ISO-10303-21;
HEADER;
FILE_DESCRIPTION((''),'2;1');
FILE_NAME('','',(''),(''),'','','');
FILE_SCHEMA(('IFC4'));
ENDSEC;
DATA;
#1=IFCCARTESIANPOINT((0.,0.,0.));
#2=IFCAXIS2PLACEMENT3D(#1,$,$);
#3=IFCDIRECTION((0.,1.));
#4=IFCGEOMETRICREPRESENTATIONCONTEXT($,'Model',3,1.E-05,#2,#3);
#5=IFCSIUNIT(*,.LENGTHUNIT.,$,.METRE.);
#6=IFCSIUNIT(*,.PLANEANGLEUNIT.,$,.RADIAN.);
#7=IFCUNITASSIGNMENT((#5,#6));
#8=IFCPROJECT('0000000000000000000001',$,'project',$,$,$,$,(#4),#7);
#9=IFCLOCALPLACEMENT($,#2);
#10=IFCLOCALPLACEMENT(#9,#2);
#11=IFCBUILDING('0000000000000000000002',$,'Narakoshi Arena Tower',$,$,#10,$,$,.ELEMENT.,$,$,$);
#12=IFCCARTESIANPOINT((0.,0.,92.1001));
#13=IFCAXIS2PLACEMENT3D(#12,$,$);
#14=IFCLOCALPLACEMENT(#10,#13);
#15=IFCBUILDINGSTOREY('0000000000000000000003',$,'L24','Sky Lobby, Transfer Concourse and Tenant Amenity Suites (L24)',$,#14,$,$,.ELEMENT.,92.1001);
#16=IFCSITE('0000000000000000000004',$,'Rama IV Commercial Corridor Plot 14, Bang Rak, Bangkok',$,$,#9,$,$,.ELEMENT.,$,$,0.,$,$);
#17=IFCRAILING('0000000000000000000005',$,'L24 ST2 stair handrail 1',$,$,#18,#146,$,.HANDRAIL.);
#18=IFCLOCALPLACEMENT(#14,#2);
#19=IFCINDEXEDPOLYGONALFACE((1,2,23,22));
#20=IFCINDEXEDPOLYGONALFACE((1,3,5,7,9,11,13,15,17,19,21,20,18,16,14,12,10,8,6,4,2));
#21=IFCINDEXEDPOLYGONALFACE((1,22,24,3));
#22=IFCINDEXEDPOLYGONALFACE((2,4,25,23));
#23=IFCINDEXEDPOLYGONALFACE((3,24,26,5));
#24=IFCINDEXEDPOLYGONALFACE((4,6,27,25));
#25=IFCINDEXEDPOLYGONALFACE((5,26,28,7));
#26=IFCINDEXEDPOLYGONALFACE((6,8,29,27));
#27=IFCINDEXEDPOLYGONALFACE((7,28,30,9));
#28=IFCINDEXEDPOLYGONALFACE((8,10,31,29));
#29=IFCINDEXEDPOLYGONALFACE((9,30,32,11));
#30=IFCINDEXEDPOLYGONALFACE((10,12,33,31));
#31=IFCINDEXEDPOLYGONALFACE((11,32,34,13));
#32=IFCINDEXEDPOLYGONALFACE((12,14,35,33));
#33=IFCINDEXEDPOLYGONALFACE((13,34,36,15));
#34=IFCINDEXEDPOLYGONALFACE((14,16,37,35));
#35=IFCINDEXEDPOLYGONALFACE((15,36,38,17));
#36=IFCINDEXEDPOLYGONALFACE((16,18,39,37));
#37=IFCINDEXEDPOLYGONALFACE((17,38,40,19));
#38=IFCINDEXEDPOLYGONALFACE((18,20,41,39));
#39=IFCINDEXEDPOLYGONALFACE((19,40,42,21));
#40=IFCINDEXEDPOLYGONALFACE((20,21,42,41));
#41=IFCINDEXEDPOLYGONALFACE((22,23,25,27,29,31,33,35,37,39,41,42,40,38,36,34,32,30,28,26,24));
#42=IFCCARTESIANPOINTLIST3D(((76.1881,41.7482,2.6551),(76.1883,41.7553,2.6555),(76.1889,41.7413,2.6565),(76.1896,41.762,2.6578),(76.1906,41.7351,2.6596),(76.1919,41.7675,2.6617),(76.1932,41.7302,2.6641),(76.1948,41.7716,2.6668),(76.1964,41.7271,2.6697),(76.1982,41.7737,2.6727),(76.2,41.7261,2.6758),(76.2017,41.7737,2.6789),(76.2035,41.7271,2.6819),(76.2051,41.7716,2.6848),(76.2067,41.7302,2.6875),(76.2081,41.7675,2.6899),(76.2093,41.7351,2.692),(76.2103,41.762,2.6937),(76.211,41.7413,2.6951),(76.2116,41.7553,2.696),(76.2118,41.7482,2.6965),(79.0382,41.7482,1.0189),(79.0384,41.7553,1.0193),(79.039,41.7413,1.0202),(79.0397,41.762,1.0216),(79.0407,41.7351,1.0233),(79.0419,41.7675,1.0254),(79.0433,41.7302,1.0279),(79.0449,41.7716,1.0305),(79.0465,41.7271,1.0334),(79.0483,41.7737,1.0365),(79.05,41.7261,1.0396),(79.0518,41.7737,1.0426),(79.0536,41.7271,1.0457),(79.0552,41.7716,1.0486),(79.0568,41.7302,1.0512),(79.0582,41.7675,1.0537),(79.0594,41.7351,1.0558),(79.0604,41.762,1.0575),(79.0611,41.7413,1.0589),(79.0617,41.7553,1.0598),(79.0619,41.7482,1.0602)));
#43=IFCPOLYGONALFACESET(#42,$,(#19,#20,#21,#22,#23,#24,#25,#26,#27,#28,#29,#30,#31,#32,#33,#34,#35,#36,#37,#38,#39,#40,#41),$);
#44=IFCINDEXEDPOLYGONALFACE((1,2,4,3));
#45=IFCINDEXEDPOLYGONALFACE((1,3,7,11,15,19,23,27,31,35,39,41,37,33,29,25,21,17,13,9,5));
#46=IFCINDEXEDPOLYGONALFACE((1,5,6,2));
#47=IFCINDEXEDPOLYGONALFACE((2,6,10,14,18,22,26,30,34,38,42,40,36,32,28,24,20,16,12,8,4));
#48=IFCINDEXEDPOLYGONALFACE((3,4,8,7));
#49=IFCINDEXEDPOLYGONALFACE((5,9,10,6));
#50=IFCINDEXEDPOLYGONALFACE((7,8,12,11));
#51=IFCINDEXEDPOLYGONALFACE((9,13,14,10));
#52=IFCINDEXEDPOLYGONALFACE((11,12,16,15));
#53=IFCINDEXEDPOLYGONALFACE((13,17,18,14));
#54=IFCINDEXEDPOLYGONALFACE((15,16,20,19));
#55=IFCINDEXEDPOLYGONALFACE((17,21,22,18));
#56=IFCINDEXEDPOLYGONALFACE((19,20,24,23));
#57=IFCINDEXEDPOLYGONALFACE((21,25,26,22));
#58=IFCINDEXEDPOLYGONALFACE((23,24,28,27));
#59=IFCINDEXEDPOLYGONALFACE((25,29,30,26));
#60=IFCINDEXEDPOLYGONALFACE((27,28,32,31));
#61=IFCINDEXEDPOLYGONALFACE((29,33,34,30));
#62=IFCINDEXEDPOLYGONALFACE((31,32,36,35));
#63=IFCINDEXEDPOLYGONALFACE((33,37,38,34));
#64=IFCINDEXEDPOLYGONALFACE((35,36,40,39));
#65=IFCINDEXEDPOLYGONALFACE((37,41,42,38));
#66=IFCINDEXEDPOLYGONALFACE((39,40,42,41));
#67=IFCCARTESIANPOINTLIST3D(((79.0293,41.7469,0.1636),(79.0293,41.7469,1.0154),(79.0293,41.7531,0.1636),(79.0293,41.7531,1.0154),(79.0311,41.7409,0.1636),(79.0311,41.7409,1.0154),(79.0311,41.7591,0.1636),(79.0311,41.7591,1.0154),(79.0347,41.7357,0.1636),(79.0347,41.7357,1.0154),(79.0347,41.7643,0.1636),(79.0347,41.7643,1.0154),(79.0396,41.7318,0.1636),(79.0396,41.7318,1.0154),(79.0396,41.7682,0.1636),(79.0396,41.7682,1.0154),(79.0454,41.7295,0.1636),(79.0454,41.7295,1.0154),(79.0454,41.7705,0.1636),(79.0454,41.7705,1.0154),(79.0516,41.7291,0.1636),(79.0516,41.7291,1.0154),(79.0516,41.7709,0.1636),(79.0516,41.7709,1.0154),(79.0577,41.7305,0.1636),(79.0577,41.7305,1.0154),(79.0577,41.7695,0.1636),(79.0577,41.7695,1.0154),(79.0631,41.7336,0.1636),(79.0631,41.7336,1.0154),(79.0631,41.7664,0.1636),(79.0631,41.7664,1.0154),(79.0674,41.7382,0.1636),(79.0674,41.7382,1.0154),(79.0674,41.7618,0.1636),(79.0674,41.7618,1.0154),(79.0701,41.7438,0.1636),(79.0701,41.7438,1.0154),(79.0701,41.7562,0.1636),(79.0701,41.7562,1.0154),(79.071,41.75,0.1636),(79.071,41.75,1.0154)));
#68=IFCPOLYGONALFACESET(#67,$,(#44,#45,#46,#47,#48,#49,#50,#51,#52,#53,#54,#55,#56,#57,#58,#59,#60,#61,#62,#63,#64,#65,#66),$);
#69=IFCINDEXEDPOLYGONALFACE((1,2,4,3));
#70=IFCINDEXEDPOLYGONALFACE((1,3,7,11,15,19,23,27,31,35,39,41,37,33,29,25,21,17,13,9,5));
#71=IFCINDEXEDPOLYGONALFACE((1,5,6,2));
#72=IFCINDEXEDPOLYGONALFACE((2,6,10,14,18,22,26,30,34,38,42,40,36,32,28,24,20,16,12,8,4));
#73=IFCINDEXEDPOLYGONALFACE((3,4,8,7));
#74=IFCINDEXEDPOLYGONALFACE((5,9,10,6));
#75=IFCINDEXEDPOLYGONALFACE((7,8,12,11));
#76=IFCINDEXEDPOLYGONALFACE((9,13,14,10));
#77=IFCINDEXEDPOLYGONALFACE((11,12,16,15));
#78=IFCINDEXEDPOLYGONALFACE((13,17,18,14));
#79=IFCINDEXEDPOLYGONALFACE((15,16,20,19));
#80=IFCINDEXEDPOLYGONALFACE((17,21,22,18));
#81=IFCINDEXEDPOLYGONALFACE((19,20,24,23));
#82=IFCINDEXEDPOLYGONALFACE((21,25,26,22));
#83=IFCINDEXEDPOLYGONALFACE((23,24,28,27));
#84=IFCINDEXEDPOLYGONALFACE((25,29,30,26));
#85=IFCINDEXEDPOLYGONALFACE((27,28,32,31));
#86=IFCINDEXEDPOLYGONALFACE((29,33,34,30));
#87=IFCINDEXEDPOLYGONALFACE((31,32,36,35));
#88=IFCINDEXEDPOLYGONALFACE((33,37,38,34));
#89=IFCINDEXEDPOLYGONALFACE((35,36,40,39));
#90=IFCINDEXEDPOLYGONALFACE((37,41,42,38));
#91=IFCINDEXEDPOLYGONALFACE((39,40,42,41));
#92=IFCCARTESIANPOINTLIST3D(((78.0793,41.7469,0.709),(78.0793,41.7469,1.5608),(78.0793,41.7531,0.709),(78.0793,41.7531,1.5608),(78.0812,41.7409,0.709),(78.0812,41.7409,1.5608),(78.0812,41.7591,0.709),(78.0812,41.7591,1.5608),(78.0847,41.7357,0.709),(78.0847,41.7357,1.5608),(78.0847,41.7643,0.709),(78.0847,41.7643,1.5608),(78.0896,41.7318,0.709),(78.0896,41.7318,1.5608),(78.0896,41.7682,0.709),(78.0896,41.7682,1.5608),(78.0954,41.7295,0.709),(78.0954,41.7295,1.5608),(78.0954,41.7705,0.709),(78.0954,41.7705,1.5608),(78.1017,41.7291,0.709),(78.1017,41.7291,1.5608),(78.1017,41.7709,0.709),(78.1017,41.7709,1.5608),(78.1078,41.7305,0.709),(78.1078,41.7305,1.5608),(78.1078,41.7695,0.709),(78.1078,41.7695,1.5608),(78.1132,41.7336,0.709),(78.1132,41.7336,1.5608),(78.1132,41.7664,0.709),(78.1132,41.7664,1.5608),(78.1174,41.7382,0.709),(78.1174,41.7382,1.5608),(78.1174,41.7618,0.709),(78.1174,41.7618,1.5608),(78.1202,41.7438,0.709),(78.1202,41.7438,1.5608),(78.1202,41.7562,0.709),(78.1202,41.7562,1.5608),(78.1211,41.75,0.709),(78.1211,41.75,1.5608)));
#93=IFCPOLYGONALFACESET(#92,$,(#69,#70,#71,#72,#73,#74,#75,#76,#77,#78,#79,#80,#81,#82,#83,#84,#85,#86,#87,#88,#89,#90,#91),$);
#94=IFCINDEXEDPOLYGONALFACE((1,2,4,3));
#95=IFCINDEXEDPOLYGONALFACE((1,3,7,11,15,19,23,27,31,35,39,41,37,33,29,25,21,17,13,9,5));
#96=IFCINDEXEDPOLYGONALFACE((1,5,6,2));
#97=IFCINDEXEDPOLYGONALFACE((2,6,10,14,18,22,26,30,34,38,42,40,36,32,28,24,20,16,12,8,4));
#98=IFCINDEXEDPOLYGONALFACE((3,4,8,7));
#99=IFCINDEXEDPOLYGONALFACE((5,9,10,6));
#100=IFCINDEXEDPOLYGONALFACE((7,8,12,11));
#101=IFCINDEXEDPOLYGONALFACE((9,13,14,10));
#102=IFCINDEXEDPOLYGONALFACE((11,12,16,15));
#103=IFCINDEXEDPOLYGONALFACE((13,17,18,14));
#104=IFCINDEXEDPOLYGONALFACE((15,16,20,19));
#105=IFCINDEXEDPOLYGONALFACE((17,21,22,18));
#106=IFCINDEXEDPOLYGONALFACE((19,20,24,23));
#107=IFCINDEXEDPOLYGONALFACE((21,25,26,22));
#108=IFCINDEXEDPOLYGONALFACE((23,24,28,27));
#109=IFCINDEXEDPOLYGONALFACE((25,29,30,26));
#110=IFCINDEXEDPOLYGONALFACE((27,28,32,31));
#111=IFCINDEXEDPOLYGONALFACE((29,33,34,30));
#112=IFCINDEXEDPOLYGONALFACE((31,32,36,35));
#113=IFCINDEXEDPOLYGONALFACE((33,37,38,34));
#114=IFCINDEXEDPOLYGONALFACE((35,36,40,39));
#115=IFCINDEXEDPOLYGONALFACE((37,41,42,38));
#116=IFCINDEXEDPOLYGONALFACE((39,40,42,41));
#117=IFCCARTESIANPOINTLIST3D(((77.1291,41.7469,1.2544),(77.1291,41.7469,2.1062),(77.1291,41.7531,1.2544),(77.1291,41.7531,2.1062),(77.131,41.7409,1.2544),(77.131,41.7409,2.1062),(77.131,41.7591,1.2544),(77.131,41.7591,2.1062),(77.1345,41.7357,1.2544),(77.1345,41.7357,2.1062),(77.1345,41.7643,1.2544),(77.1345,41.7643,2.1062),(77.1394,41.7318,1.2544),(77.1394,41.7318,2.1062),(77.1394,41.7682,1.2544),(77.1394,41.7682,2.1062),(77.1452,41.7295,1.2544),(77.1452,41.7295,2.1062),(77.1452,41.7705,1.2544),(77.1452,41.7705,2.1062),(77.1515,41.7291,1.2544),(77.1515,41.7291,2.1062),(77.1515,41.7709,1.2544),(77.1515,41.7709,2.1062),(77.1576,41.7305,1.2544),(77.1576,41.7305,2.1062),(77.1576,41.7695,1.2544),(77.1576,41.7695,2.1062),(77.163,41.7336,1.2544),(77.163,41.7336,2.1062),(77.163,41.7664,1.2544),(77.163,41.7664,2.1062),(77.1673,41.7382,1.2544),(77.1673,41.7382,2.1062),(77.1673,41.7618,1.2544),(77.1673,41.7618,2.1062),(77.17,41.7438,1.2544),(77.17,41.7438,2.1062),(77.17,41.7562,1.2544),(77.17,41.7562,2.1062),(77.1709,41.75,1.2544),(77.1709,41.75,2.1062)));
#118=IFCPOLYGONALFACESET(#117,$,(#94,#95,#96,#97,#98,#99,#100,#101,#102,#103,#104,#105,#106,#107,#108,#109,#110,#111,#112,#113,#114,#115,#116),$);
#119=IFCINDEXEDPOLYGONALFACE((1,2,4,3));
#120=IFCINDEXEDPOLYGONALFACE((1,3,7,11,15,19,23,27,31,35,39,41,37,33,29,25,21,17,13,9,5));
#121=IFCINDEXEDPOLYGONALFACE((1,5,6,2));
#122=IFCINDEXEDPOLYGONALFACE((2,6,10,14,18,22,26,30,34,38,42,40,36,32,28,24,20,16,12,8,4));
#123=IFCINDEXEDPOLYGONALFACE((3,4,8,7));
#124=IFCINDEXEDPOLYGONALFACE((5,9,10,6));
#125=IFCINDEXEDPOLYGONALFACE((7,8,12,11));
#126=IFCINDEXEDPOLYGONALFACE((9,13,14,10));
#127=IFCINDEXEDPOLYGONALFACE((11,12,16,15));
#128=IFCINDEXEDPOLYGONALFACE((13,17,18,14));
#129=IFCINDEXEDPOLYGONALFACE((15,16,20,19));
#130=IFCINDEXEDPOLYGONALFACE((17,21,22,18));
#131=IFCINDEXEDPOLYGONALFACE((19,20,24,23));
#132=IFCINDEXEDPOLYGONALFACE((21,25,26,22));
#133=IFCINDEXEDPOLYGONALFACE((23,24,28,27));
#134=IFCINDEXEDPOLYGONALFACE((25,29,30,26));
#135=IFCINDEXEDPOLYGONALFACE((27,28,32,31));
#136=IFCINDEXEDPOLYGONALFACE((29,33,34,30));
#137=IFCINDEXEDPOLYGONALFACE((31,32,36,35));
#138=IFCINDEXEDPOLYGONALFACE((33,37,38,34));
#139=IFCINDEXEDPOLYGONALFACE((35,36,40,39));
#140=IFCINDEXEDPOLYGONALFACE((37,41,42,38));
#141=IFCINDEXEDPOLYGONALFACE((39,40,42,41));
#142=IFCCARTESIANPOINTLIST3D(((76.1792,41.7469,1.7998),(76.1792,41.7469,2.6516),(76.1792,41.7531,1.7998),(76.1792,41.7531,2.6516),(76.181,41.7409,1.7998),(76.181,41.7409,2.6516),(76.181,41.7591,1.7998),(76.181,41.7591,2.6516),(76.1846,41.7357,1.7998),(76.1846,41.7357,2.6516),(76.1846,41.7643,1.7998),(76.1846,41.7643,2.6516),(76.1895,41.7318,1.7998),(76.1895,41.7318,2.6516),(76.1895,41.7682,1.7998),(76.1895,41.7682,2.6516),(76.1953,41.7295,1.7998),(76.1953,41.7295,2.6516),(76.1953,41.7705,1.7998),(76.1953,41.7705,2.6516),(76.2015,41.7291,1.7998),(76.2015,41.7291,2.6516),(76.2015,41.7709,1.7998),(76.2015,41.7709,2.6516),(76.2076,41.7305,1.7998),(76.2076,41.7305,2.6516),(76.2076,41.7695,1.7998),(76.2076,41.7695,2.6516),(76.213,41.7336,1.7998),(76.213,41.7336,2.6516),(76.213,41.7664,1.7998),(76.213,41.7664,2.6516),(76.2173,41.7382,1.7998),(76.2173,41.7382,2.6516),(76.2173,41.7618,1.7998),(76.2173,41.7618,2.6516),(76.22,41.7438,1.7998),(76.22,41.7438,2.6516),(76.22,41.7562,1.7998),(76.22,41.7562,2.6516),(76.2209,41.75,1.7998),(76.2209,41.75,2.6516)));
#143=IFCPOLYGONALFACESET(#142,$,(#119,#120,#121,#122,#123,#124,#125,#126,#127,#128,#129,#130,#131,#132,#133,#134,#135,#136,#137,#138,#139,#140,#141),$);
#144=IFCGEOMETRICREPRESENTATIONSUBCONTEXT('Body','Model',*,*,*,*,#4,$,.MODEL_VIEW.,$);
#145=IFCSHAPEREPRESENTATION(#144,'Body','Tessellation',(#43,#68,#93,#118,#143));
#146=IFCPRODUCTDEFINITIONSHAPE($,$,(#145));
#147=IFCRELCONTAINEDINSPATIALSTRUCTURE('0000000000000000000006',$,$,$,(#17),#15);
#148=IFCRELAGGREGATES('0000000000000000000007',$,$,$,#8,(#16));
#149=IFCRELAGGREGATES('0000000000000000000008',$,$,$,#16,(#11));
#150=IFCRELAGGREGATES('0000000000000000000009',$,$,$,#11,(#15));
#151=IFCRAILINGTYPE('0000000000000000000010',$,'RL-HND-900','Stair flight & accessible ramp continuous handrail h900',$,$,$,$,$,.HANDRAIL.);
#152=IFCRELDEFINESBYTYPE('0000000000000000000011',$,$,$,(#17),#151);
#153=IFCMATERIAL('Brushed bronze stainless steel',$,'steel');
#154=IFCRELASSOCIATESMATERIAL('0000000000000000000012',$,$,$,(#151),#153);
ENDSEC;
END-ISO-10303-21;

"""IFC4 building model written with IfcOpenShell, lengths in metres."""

from ifc_helpers import new_model, si_unit, direction, frame, origin, origin_2d, place, context, subcontext, project, spatial, circle, extrude, material, type_object, element, save


model = new_model("IFC4")

# Units and contexts
model_context = context("Model", 3, precision=1e-05, world=origin(), true_north=direction((0.0, 1.0)))
body_context = subcontext(model_context, "Body", "Model", "MODEL_VIEW")
ifc_project = project(units=[si_unit("LENGTHUNIT", "METRE"), si_unit("PLANEANGLEUNIT", "RADIAN")], contexts=[model_context])

# Site, building, storey
site_placement = place(None, origin())
site = spatial("IfcSite", under=ifc_project, at=site_placement, Name="Rama IV Commercial Corridor Plot 14, Bang Rak, Bangkok", CompositionType="ELEMENT", RefElevation=0.0)
building_placement = place(site_placement, origin())
building = spatial("IfcBuilding", under=site, at=building_placement, Name="Narakoshi Arena Tower", CompositionType="ELEMENT")
storey_placement = place(building_placement, frame((0.0, 0.0, 92.1001)))
storey = spatial("IfcBuildingStorey", under=building, at=storey_placement, Name="L24", Description="Sky Lobby, Transfer Concourse and Tenant Amenity Suites (L24)", CompositionType="ELEMENT", Elevation=92.1001)

# Shared definitions
ifc_material_1 = material(Name="Brushed bronze stainless steel", Category="steel")

# Railing
railing_type_1 = type_object("IfcRailingType", Name="RL-HND-900", Description="Stair flight & accessible ramp continuous handrail h900", PredefinedType="HANDRAIL", material=ifc_material_1)
for number, where, name in (
    (1, (79.05, 41.75, 0.1636), "L24 ST2 stair handrail 1"),
):
    element("IfcRailing", number, at=place(storey_placement, frame(where)), inside=storey, type_object=railing_type_1, Name=name, PredefinedType="HANDRAIL", context=body_context, shape_type="SweptSolid", body=[
        extrude(circle(Radius=0.0239, at=origin_2d()), frame((0.0, 0.0, 0.876), z_axis=(-0.867245, 0.0, 0.497882), x_axis=(0.0, -1.0, 0.0)), (0.0, 0.0, 1.0), 3.2864),
        extrude(circle(Radius=0.021, at=origin_2d()), origin(), (0.0, 0.0, 1.0), 0.8518),
        extrude(circle(Radius=0.021, at=origin_2d()), frame((-0.95, 0.0, 0.5454)), (0.0, 0.0, 1.0), 0.8518),
        extrude(circle(Radius=0.021, at=origin_2d()), frame((-1.9001, 0.0, 1.0908)), (0.0, 0.0, 1.0), 0.8518),
        extrude(circle(Radius=0.021, at=origin_2d()), frame((-2.8501, 0.0, 1.6362)), (0.0, 0.0, 1.0), 0.8518),
    ])

save(model, "model.ifc")
